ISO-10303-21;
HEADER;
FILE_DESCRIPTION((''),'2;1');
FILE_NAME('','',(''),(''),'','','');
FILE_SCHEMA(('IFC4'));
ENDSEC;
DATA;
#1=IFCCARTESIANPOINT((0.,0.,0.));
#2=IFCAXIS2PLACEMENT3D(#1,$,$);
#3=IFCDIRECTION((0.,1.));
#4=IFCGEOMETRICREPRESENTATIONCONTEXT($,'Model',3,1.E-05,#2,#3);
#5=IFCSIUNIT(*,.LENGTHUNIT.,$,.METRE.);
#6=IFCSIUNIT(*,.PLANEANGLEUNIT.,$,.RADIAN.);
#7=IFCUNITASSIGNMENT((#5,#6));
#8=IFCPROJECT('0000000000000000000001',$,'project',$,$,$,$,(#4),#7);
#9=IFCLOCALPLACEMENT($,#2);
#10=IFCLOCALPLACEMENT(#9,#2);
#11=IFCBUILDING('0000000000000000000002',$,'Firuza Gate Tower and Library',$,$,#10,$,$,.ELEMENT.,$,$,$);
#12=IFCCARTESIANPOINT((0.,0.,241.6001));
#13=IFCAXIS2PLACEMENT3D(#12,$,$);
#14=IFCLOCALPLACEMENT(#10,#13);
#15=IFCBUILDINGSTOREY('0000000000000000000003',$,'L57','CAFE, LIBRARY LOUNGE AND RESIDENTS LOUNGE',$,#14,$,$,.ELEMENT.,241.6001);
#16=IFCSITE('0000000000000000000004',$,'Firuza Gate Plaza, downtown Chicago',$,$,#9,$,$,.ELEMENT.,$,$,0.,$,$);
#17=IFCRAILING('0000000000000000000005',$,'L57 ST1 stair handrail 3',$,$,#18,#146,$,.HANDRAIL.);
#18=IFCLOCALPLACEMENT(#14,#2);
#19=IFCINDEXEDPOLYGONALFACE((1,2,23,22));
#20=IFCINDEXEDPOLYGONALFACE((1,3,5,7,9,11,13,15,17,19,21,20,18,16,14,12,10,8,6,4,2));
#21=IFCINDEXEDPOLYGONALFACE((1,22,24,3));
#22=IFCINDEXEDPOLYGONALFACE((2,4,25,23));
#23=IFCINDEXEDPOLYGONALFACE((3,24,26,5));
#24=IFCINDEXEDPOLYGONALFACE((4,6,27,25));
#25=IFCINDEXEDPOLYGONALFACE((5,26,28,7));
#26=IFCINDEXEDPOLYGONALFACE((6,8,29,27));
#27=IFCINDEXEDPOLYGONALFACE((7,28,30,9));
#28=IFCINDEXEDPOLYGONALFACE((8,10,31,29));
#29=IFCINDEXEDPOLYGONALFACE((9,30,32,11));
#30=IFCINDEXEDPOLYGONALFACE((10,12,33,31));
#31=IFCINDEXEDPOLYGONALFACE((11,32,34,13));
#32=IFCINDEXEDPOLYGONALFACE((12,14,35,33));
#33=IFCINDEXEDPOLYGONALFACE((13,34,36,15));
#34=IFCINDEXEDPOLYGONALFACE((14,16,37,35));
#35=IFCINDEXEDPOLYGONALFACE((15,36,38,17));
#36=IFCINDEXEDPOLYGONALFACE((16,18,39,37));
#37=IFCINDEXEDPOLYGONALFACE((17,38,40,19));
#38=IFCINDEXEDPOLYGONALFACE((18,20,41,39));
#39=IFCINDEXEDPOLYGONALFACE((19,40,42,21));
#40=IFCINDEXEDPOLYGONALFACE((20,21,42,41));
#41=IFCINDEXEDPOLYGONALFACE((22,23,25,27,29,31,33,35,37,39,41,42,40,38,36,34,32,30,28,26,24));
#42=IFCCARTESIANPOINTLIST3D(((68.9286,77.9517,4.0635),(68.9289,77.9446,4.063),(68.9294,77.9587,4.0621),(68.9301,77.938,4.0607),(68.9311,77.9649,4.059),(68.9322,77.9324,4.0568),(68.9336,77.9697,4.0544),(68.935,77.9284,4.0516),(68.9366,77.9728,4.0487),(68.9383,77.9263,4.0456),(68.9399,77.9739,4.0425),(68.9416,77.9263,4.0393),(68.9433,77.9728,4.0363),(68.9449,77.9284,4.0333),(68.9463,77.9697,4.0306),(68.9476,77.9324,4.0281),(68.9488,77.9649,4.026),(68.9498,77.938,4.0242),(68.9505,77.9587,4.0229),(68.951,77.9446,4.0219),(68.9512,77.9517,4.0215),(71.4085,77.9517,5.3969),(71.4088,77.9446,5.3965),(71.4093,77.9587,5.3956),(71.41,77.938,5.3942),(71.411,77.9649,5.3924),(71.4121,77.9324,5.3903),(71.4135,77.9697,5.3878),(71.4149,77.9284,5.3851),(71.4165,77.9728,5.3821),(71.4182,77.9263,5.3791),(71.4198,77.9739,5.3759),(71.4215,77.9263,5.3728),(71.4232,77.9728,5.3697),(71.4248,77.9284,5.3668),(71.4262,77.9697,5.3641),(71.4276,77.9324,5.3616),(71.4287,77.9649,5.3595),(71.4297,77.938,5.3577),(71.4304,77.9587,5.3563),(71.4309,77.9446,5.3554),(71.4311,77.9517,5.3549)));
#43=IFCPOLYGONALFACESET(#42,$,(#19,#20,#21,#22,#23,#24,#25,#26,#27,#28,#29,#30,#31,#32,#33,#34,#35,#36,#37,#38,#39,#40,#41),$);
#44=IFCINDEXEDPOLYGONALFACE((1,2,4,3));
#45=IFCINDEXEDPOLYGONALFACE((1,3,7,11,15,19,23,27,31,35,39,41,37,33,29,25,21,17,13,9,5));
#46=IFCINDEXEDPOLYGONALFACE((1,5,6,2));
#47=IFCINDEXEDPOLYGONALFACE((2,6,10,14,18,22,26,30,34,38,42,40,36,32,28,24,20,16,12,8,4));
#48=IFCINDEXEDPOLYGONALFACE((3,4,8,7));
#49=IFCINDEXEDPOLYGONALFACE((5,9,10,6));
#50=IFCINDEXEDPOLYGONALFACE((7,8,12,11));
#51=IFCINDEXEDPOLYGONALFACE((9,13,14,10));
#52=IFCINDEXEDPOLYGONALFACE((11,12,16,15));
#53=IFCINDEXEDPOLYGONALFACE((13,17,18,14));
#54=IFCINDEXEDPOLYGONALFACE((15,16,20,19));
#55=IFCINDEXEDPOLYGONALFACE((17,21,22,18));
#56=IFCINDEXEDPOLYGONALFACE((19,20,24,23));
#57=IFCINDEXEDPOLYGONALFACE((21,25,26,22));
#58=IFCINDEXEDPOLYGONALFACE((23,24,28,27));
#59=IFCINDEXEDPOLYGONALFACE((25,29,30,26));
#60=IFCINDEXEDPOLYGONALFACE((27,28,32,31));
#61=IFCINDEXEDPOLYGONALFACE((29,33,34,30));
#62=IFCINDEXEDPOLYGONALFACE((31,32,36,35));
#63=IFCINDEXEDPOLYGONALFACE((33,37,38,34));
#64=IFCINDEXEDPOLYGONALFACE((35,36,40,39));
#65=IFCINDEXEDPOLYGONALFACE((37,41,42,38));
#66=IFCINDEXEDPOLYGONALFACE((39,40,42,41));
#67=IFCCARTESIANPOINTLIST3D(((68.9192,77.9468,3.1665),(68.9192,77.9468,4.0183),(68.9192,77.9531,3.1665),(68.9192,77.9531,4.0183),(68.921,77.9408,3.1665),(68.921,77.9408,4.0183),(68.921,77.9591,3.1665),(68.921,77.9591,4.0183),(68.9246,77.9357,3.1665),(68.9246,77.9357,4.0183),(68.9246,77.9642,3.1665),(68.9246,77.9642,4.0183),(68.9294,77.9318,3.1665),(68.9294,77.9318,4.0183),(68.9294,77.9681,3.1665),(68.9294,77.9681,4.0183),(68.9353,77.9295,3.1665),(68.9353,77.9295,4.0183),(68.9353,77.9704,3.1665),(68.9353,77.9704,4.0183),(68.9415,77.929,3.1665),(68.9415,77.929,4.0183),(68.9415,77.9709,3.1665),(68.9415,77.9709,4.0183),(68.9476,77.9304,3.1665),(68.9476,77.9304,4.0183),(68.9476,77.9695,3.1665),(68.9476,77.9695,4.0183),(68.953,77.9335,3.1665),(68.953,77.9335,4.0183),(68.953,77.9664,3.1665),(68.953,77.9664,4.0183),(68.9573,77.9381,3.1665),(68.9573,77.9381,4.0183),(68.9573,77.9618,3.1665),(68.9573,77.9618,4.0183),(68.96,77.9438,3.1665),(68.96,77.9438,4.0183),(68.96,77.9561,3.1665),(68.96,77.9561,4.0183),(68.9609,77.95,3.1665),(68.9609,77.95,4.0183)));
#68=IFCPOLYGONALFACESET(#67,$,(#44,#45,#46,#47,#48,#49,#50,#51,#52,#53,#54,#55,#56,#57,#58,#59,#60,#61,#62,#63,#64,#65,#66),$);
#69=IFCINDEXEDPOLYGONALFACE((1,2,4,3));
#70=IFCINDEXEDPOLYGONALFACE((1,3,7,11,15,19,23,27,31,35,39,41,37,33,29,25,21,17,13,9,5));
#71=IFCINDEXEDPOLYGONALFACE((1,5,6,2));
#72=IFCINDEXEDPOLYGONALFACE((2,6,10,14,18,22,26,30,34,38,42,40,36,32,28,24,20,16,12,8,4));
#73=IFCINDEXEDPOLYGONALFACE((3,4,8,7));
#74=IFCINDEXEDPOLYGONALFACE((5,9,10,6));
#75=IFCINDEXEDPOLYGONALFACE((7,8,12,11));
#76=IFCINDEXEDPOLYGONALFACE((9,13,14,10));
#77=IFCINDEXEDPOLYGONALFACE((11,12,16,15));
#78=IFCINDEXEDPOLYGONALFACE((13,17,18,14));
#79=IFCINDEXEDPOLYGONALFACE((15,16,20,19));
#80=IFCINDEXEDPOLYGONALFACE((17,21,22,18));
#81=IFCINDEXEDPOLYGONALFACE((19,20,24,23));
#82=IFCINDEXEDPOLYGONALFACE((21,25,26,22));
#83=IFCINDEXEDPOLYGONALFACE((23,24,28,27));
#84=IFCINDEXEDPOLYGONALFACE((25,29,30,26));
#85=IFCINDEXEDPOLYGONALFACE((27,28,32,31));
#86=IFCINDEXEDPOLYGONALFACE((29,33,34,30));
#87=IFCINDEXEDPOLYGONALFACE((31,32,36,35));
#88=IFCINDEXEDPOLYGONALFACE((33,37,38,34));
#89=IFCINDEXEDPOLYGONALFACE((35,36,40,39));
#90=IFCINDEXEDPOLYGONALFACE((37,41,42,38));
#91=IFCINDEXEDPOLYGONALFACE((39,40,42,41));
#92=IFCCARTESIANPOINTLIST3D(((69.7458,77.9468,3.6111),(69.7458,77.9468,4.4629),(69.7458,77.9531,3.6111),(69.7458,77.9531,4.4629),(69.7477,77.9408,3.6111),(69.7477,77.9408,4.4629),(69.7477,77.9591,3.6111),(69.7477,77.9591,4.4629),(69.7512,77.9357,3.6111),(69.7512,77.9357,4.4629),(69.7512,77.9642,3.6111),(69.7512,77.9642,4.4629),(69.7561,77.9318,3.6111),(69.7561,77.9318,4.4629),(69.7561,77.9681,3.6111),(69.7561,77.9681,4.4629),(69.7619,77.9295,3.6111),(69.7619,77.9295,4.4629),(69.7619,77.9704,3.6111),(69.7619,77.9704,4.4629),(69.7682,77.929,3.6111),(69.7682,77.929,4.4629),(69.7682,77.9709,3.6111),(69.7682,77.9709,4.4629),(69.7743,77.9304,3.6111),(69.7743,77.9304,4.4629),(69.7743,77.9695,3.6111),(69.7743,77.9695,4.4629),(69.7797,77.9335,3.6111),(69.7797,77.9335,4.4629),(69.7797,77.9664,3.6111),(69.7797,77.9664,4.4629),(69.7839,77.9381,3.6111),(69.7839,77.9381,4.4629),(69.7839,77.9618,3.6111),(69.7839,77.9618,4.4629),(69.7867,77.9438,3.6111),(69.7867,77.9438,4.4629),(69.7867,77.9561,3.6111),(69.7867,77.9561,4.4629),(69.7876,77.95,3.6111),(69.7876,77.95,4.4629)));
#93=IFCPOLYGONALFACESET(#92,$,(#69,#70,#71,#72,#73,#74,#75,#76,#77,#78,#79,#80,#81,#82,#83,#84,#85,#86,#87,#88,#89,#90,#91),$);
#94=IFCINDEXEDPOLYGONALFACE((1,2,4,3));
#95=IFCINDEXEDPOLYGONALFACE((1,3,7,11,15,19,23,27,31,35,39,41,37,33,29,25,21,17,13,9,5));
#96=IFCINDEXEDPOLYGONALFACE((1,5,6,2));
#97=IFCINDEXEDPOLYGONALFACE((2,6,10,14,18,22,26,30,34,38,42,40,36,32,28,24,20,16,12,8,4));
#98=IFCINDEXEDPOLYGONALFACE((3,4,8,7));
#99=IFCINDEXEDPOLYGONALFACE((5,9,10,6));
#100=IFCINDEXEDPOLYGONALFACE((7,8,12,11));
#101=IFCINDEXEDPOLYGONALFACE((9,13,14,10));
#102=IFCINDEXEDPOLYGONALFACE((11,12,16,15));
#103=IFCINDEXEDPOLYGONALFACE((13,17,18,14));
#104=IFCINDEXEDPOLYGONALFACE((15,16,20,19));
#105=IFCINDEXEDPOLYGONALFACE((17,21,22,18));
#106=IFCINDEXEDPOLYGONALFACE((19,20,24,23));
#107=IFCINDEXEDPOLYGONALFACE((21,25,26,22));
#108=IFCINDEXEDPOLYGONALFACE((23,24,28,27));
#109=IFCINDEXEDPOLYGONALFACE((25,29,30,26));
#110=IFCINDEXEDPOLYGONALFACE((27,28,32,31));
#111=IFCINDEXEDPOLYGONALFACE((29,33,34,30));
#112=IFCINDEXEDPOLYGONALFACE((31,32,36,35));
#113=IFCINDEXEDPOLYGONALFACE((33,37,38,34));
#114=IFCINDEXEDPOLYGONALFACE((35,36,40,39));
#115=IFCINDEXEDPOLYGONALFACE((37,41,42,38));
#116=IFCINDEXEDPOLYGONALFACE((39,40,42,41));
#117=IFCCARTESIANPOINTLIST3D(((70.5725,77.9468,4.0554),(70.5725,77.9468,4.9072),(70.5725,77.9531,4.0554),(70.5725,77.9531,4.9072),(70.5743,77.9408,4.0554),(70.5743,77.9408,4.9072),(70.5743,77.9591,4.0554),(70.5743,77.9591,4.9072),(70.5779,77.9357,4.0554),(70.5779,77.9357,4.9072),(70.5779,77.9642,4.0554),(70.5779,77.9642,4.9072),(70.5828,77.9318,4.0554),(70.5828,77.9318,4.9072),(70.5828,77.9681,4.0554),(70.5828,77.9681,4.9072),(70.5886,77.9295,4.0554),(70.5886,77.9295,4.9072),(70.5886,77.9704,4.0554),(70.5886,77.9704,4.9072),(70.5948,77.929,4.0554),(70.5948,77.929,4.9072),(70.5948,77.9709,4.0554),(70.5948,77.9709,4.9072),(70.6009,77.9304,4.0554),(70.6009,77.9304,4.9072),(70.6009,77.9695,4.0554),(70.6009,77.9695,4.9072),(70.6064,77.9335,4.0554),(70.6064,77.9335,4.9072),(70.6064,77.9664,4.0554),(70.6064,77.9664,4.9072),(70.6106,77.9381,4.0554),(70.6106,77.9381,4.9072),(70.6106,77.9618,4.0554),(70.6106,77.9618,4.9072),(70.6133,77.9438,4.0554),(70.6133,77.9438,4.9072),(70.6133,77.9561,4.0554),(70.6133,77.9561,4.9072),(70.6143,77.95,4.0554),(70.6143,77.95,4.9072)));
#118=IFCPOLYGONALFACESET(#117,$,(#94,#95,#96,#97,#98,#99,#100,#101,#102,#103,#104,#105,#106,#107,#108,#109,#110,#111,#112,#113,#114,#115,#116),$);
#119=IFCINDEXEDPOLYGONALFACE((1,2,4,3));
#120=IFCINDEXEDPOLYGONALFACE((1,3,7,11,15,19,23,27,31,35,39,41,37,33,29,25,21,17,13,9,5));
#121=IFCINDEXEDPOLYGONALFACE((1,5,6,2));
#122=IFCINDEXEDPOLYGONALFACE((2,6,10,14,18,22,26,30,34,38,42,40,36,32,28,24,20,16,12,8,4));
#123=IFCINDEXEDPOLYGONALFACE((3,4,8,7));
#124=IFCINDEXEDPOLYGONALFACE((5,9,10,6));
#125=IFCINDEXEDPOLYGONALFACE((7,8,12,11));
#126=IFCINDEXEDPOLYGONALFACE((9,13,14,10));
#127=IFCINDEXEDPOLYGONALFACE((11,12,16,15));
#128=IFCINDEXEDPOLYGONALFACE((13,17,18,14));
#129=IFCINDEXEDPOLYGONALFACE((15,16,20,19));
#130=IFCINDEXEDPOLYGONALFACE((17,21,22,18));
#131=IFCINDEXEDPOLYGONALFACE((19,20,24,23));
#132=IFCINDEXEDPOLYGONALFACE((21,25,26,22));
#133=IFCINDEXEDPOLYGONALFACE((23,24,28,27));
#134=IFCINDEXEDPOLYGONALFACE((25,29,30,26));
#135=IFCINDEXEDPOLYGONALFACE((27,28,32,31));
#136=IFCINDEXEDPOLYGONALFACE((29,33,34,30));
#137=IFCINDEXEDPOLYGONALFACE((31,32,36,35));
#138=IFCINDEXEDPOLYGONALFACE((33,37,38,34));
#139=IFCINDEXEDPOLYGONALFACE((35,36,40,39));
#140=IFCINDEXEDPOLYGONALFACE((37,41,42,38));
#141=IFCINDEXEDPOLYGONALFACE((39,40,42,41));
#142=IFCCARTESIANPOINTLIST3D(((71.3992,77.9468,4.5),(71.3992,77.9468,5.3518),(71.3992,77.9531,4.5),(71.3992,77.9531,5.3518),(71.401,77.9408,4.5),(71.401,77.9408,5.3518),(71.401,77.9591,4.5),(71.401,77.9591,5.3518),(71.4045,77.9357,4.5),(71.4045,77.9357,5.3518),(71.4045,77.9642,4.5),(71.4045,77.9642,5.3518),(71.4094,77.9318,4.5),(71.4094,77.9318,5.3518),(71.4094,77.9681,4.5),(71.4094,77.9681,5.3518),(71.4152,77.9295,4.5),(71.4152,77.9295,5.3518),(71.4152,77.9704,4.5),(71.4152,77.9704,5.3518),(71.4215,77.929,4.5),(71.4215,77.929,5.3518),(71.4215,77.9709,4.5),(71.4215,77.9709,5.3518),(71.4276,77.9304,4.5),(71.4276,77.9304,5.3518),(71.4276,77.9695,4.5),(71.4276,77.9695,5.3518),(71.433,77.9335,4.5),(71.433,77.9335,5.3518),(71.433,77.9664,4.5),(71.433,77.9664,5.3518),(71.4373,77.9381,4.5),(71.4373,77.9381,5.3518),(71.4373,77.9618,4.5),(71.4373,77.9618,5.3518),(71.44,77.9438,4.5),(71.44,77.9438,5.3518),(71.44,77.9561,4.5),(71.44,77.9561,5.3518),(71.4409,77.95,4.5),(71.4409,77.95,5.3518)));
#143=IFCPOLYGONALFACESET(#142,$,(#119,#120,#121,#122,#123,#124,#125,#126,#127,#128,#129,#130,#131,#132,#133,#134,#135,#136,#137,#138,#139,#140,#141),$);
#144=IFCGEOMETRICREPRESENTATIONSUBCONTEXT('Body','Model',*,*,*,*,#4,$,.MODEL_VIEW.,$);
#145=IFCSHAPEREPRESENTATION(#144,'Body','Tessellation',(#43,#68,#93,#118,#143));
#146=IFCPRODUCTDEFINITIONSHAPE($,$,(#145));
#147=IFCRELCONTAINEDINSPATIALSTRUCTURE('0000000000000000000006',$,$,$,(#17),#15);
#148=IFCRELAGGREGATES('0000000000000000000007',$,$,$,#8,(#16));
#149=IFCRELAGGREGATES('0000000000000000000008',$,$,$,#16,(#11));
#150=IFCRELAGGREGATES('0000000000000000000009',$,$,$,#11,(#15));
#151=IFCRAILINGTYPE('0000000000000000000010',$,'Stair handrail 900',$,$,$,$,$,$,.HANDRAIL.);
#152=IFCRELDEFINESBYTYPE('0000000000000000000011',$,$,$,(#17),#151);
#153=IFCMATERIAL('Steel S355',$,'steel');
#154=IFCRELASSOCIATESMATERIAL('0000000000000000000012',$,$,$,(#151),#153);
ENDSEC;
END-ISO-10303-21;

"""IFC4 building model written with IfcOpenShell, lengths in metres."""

from ifc_helpers import new_model, si_unit, direction, frame, origin, origin_2d, place, context, subcontext, project, spatial, circle, extrude, material, type_object, element, save


model = new_model("IFC4")

# Units and contexts
model_context = context("Model", 3, precision=1e-05, world=origin(), true_north=direction((0.0, 1.0)))
body_context = subcontext(model_context, "Body", "Model", "MODEL_VIEW")
ifc_project = project(units=[si_unit("LENGTHUNIT", "METRE"), si_unit("PLANEANGLEUNIT", "RADIAN")], contexts=[model_context])

# Site, building, storey
site_placement = place(None, origin())
site = spatial("IfcSite", under=ifc_project, at=site_placement, Name="Firuza Gate Plaza, downtown Chicago", CompositionType="ELEMENT", RefElevation=0.0)
building_placement = place(site_placement, origin())
building = spatial("IfcBuilding", under=site, at=building_placement, Name="Firuza Gate Tower and Library", CompositionType="ELEMENT")
storey_placement = place(building_placement, frame((0.0, 0.0, 241.6001)))
storey = spatial("IfcBuildingStorey", under=building, at=storey_placement, Name="L57", Description="CAFE, LIBRARY LOUNGE AND RESIDENTS LOUNGE", CompositionType="ELEMENT", Elevation=241.6001)

# Railing
ifc_material_1 = material(Name="Steel S355", Category="steel")
railing_type_1 = type_object("IfcRailingType", Name="Stair handrail 900", PredefinedType="HANDRAIL", material=ifc_material_1)
railing_1_placement = place(storey_placement, frame((68.9399, 77.95, 3.1665)))
element("IfcRailing", 1, at=railing_1_placement, inside=storey, type_object=railing_type_1, Name="L57 ST1 stair handrail 3", PredefinedType="HANDRAIL", context=body_context, shape_type="SweptSolid", body=[
    extrude(circle(Radius=0.0239, at=origin_2d()), frame((0.0, 0.0, 0.876), z_axis=(0.880749, 0.0, 0.473583), x_axis=(0.0, 1.0, 0.0)), (0.0, 0.0, 1.0), 2.8157),
    extrude(circle(Radius=0.021, at=origin_2d()), origin(), (0.0, 0.0, 1.0), 0.8518),
    extrude(circle(Radius=0.021, at=origin_2d()), frame((0.8267, 0.0, 0.4446)), (0.0, 0.0, 1.0), 0.8518),
    extrude(circle(Radius=0.021, at=origin_2d()), frame((1.6533, 0.0, 0.8889)), (0.0, 0.0, 1.0), 0.8518),
    extrude(circle(Radius=0.021, at=origin_2d()), frame((2.48, 0.0, 1.3335)), (0.0, 0.0, 1.0), 0.8518),
])

save(model, "model.ifc")
